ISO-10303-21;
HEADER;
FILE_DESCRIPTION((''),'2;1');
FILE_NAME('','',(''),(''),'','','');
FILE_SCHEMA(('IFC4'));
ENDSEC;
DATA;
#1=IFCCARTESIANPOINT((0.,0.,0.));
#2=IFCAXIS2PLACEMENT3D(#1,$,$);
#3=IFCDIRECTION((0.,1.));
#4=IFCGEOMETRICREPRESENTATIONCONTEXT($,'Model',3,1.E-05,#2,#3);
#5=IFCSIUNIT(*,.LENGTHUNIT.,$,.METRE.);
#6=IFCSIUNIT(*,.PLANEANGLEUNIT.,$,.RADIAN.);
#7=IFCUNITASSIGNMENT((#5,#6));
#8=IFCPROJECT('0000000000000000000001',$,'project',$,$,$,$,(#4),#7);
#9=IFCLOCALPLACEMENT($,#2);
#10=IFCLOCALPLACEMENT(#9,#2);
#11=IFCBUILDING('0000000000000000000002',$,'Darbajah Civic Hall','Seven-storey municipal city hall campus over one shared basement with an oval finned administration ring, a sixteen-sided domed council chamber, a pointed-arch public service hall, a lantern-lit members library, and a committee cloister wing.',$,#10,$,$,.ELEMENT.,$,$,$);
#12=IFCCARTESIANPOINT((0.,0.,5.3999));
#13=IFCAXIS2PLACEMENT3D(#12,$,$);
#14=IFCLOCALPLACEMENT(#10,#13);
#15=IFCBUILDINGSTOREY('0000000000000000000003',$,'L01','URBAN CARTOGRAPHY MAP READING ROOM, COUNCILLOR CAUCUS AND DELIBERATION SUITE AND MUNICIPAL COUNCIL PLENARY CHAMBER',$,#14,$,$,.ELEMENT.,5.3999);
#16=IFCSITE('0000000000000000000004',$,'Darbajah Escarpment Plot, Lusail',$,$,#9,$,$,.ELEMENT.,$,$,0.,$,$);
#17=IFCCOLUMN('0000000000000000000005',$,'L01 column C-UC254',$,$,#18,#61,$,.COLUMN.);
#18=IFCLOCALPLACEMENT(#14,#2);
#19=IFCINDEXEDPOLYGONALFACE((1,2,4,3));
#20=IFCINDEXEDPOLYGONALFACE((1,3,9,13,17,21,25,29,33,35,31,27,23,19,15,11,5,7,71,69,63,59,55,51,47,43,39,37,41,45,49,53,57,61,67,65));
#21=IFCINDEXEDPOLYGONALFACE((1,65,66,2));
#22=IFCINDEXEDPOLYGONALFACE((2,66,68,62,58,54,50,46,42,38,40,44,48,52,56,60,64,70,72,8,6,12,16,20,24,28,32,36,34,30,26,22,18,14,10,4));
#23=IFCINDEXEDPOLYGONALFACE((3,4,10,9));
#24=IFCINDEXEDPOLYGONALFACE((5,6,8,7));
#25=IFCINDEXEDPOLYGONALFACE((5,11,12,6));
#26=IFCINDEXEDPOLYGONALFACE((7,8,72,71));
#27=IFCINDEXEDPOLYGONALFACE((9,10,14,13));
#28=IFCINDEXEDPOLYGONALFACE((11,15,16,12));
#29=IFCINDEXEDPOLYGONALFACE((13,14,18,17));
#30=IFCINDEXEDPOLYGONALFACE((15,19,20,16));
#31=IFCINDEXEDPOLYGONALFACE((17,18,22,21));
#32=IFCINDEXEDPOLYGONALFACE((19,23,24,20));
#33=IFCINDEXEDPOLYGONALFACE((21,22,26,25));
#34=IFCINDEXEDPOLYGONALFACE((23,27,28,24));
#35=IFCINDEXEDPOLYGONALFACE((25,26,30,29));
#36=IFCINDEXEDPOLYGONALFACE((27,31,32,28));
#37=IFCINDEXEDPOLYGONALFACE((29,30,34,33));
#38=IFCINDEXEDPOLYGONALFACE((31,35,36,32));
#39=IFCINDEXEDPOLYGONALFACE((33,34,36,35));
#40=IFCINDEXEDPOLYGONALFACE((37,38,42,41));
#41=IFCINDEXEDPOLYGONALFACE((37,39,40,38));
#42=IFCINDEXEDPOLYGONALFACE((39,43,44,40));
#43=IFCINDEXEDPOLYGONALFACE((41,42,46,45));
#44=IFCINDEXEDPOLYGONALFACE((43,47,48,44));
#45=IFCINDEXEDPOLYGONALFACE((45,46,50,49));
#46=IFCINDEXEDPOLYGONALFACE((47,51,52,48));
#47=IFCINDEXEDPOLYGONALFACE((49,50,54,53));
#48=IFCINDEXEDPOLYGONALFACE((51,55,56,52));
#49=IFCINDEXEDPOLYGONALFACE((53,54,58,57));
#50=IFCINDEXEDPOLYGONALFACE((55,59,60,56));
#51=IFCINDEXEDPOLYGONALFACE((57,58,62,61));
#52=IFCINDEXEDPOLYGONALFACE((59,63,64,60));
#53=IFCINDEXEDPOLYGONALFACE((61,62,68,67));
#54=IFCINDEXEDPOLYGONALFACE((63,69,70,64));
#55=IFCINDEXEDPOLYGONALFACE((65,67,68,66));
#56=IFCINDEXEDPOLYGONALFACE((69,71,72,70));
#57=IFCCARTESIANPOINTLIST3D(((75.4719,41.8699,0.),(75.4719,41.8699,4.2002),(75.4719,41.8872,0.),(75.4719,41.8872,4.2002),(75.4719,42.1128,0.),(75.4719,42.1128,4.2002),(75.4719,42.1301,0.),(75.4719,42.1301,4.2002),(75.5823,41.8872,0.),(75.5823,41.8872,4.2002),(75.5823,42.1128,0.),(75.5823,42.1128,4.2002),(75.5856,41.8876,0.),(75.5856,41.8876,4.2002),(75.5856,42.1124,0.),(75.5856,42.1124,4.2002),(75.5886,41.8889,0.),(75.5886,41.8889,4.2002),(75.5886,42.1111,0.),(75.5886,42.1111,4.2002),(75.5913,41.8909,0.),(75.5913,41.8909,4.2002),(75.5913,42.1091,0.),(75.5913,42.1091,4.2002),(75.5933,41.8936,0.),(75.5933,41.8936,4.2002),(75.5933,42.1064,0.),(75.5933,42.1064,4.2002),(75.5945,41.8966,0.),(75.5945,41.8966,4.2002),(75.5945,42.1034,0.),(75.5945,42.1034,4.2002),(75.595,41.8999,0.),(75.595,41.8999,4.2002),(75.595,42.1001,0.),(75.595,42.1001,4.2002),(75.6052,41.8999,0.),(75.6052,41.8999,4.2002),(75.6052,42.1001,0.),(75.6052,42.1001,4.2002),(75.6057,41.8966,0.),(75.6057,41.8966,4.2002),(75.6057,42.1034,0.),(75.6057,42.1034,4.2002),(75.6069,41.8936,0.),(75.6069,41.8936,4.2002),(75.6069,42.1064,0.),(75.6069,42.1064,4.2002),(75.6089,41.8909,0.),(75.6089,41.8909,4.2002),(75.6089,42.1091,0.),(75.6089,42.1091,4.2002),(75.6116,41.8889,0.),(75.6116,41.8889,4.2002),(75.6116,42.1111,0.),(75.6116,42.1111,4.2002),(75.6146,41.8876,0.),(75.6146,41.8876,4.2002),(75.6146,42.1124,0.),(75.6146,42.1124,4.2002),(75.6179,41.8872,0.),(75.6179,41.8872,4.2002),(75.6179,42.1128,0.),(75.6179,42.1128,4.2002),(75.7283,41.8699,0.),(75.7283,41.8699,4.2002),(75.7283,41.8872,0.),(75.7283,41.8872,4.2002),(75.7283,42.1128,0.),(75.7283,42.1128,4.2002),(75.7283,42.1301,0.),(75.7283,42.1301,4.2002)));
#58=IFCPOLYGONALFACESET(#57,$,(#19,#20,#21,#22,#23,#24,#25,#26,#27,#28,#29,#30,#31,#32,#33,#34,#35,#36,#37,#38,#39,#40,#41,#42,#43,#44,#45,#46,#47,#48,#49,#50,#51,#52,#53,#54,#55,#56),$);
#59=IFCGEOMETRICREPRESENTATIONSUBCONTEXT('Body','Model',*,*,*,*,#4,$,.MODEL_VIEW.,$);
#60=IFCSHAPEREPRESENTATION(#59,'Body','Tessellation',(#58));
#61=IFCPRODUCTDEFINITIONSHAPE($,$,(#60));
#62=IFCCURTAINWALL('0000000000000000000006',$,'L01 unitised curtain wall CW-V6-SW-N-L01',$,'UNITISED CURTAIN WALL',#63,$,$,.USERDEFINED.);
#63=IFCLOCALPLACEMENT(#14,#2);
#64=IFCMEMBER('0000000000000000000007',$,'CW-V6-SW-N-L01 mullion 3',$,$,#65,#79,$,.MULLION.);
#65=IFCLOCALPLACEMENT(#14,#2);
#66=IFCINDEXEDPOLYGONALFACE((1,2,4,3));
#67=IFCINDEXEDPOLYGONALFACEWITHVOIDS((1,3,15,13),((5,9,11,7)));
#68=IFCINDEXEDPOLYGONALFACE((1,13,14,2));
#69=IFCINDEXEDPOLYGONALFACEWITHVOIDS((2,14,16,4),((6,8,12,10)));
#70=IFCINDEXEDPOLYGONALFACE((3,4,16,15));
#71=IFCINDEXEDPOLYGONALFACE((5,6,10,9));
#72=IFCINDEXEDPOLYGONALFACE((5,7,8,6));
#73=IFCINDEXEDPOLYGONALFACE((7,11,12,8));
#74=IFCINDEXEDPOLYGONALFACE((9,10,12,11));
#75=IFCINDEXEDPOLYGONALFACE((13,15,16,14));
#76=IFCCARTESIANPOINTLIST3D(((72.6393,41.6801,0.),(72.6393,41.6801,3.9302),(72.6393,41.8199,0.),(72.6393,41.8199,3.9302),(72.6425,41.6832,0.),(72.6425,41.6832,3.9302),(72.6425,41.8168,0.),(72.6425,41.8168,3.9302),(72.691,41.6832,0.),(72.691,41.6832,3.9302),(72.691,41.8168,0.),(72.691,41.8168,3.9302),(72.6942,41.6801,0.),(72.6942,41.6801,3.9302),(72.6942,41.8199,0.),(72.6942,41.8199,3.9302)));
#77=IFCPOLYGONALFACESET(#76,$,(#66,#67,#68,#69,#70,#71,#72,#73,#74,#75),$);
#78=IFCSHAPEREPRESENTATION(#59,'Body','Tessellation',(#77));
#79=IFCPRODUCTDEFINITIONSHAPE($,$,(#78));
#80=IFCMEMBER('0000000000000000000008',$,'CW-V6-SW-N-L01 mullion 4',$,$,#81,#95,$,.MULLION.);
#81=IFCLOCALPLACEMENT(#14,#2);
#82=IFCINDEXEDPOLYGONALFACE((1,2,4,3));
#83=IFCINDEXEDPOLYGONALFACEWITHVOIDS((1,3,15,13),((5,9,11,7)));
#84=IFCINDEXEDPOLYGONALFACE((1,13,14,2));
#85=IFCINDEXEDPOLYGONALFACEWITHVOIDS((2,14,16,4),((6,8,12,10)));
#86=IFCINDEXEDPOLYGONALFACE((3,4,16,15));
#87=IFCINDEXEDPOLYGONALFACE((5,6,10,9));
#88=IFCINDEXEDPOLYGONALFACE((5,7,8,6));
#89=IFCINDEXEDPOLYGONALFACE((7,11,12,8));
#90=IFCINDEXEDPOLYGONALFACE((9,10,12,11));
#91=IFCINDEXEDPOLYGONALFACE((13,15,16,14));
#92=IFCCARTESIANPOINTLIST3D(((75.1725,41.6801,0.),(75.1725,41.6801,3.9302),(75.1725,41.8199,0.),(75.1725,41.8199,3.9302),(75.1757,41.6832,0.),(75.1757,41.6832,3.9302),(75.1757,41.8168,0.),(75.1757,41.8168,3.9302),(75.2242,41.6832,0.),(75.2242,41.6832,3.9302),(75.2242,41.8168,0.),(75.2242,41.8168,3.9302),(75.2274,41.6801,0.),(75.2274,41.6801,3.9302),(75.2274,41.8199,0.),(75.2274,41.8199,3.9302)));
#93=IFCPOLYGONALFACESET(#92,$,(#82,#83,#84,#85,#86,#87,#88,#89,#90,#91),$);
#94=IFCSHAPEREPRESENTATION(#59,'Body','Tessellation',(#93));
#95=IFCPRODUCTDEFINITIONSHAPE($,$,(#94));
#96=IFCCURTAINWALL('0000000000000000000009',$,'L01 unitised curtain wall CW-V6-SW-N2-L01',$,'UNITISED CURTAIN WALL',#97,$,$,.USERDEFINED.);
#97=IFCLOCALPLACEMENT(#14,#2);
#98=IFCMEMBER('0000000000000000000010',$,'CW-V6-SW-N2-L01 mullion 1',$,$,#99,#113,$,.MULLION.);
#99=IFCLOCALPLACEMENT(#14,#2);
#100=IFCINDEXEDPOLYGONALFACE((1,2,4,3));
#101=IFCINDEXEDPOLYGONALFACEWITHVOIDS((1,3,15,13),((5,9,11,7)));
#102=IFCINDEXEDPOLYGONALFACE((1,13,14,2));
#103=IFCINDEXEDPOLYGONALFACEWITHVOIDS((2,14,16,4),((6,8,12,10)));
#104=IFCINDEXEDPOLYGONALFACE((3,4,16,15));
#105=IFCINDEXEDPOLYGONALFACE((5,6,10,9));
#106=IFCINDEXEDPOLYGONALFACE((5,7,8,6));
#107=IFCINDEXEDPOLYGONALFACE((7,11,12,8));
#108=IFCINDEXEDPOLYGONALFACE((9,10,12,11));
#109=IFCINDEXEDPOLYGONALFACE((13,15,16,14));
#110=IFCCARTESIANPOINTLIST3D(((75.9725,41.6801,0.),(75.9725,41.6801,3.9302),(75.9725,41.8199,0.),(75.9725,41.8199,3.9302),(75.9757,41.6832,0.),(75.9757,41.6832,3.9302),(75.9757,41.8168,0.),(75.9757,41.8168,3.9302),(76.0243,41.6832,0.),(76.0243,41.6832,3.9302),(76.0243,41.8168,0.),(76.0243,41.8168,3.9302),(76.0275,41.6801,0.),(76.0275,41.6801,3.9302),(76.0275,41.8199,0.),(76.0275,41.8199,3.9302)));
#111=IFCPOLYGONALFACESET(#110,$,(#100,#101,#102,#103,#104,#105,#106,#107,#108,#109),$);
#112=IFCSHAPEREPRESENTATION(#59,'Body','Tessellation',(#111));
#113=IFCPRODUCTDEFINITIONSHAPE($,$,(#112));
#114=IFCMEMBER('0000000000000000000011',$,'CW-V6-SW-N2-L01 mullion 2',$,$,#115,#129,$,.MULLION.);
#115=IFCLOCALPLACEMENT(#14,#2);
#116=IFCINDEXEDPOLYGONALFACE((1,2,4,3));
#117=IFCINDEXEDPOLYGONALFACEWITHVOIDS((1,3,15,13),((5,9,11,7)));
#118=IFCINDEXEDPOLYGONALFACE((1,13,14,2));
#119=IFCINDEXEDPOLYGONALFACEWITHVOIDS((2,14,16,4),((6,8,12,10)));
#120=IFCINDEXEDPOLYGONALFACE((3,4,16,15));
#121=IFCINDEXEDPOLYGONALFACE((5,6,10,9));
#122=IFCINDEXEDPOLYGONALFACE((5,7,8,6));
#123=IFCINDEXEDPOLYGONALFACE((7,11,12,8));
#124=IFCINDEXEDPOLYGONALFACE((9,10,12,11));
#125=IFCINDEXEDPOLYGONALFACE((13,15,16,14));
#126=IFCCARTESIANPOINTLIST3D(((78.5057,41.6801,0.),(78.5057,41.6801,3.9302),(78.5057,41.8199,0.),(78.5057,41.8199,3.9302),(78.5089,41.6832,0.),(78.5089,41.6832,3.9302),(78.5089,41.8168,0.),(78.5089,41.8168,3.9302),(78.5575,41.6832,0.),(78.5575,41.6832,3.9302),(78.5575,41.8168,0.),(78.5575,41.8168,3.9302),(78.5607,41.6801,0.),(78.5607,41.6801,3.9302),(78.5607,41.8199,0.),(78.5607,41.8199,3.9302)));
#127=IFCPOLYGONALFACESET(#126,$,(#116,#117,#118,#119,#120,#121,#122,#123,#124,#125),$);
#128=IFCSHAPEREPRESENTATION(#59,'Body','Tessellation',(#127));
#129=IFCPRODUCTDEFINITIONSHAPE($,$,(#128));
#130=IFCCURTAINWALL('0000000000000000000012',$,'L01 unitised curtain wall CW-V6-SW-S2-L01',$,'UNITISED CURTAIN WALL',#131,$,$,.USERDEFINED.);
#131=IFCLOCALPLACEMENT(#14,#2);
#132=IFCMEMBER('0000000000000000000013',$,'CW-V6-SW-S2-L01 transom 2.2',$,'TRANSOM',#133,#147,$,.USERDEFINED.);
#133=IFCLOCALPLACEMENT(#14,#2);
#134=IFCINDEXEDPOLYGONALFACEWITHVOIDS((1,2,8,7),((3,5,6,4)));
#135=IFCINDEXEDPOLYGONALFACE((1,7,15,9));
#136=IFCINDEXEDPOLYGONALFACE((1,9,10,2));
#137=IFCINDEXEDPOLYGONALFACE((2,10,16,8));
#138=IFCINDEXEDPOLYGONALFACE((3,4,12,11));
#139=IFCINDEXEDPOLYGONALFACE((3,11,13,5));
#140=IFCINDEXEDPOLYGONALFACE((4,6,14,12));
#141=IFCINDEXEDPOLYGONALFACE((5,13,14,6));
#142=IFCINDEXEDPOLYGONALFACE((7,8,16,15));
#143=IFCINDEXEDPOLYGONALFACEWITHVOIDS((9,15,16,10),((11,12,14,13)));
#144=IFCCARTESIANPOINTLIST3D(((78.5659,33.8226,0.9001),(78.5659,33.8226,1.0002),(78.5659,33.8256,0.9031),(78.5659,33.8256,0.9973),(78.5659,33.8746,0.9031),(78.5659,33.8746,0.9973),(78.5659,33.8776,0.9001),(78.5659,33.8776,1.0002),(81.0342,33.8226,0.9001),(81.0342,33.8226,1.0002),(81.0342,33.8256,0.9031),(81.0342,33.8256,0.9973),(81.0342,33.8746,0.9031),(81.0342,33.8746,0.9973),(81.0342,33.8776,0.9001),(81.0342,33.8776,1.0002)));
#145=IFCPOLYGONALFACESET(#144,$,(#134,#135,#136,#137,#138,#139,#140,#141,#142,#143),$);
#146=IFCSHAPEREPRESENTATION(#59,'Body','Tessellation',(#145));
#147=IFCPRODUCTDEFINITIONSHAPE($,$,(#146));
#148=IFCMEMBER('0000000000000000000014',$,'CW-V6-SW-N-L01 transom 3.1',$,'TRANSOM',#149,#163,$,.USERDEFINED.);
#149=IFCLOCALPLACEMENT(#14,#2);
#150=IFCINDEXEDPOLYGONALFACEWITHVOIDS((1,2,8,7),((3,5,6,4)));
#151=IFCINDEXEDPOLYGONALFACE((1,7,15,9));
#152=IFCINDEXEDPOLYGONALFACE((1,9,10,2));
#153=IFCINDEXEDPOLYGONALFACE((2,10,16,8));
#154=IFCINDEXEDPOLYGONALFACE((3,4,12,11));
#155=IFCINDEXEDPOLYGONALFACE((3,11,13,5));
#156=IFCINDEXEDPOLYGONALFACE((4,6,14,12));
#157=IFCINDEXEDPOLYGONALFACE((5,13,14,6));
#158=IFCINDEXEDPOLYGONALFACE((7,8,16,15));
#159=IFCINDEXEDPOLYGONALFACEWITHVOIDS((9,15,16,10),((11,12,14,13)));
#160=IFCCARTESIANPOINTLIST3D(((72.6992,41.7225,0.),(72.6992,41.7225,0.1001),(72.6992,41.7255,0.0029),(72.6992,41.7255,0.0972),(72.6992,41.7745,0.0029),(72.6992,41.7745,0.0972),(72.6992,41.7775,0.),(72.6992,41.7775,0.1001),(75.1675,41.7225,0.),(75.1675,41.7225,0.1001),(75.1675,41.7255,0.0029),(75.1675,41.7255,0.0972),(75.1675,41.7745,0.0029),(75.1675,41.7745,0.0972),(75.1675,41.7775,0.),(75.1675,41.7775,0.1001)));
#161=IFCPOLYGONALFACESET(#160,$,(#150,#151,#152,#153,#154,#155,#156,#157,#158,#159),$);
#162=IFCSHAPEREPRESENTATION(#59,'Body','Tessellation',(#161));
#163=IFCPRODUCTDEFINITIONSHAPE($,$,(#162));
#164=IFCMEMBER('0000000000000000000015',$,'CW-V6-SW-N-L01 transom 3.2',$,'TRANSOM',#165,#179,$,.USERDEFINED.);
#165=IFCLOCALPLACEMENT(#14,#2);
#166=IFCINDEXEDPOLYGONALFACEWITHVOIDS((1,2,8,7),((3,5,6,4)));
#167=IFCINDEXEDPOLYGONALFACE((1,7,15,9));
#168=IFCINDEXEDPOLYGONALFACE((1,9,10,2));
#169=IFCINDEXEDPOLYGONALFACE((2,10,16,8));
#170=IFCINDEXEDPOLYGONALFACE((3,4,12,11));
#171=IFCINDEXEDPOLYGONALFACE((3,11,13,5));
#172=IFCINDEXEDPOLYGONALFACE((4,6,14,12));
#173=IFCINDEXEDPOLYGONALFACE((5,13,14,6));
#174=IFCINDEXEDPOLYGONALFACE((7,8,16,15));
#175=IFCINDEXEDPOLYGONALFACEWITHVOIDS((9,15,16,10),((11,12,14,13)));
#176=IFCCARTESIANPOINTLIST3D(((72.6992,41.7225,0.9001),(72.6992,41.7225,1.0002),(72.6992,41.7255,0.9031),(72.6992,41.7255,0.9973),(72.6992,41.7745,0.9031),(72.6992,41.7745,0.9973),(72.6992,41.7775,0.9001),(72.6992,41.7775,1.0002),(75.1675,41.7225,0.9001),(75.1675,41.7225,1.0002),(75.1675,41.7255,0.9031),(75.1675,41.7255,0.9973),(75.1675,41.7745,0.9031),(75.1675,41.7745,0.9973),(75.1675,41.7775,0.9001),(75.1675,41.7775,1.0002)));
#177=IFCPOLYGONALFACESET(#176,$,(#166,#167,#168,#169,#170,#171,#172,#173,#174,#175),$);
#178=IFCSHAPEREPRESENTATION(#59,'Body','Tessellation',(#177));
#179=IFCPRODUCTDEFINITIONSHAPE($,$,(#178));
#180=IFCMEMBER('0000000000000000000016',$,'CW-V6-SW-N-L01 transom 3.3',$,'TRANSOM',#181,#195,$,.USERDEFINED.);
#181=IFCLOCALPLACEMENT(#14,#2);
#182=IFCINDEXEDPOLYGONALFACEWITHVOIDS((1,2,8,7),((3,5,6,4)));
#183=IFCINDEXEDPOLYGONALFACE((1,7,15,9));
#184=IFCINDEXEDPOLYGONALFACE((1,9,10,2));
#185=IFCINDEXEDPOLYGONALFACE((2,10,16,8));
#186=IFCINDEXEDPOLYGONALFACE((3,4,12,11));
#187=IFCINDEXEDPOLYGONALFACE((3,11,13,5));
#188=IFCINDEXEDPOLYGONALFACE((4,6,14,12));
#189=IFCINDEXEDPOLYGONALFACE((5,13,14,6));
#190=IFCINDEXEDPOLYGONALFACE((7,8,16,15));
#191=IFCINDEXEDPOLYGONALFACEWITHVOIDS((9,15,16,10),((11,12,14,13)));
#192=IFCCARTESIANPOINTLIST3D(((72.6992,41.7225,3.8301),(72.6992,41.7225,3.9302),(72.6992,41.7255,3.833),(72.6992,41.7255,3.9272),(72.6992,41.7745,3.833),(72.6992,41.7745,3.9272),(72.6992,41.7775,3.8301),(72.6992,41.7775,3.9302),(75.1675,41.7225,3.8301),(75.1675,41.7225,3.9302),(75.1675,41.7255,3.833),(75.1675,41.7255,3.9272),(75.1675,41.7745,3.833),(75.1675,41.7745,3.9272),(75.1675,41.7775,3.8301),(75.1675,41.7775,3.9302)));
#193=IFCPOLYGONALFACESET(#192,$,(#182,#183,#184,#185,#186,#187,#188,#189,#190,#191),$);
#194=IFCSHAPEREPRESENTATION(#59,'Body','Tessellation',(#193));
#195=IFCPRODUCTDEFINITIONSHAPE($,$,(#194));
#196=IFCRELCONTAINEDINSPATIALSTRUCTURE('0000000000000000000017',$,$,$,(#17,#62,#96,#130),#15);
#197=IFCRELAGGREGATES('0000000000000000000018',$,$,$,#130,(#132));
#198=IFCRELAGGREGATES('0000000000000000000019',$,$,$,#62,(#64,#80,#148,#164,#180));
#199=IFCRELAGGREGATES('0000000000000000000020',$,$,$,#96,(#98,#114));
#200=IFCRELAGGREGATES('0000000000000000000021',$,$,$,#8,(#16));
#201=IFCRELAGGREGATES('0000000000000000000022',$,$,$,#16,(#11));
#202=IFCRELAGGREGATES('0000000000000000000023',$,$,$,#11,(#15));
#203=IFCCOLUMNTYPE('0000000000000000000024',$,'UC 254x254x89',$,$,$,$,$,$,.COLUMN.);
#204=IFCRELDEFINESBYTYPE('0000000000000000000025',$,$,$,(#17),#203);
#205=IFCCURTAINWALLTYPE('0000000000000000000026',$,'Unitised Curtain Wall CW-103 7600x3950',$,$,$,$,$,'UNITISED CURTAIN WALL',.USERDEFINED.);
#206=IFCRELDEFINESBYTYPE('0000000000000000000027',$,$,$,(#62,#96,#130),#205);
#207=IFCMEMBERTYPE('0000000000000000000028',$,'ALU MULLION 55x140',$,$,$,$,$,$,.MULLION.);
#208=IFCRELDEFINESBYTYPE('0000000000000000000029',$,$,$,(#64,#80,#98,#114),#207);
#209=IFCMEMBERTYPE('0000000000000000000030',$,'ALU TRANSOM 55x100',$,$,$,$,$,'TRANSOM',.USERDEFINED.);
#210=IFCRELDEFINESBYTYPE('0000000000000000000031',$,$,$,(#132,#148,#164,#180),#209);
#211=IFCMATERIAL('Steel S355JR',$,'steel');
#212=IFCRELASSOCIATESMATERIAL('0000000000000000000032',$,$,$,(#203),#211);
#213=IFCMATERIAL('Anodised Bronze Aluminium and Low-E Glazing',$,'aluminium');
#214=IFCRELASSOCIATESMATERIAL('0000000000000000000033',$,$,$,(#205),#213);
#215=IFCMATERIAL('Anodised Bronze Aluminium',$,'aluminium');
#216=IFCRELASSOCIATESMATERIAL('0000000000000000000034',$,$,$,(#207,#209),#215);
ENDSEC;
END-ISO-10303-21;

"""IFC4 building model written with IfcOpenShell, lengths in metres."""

from ifc_helpers import new_model, si_unit, direction, frame, origin, origin_2d, place, context, subcontext, project, spatial, hollow_rectangle, i_section, extrude, material, material_profile, profile_set, type_object, element, aggregate, save


model = new_model("IFC4")

# Units and contexts
model_context = context("Model", 3, precision=1e-05, world=origin(), true_north=direction((0.0, 1.0)))
body_context = subcontext(model_context, "Body", "Model", "MODEL_VIEW")
ifc_project = project(units=[si_unit("LENGTHUNIT", "METRE"), si_unit("PLANEANGLEUNIT", "RADIAN")], contexts=[model_context])

# Site, building, storey
site_placement = place(None, origin())
site = spatial("IfcSite", under=ifc_project, at=site_placement, Name="Darbajah Escarpment Plot, Lusail", CompositionType="ELEMENT", RefElevation=0.0)
building_placement = place(site_placement, origin())
building = spatial("IfcBuilding", under=site, at=building_placement, Name="Darbajah Civic Hall", Description="Seven-storey municipal city hall campus over one shared basement with an oval finned administration ring, a sixteen-sided domed council chamber, a pointed-arch public service hall, a lantern-lit members library, and a committee cloister wing.", CompositionType="ELEMENT")
storey_placement = place(building_placement, frame((0.0, 0.0, 5.3999)))
storey = spatial("IfcBuildingStorey", under=building, at=storey_placement, Name="L01", Description="URBAN CARTOGRAPHY MAP READING ROOM, COUNCILLOR CAUCUS AND DELIBERATION SUITE AND MUNICIPAL COUNCIL PLENARY CHAMBER", CompositionType="ELEMENT", Elevation=5.3999)

# Column
ifc_material_1 = material(Name="Steel S355JR", Category="steel")
ifc_material_profile_1 = material_profile(ifc_material_1, i_section(OverallWidth=0.2563, OverallDepth=0.2603, WebThickness=0.0103, FlangeThickness=0.0173, FilletRadius=0.0127, at=origin_2d()), Name="UC 254x254x89")
ifc_profile_set_1 = profile_set([ifc_material_profile_1], Name="Steel S355JR")
column_type = type_object("IfcColumnType", Name="UC 254x254x89", PredefinedType="COLUMN", material=ifc_profile_set_1)
column_placement = place(storey_placement, frame((75.6001, 42.0, 0.0), z_axis=(0.0, 0.0, 1.0), x_axis=(1.0, 0.0, 0.0)))
element("IfcColumn", 1, at=column_placement, inside=storey, type_object=column_type, Name="L01 column C-UC254", PredefinedType="COLUMN", context=body_context, shape_type="SweptSolid", body=[
    extrude(i_section(OverallWidth=0.2563, OverallDepth=0.2603, WebThickness=0.0103, FlangeThickness=0.0173, FilletRadius=0.0127, at=origin_2d()), origin(), (0.0, 0.0, 1.0), 4.2002),
])

# Curtain walls, members
ifc_material_2 = material(Name="Anodised Bronze Aluminium and Low-E Glazing", Category="aluminium")
curtain_wall_type = type_object("IfcCurtainWallType", Name="Unitised Curtain Wall CW-103 7600x3950", ElementType="UNITISED CURTAIN WALL", PredefinedType="USERDEFINED", material=ifc_material_2)
curtain_wall_1_placement = place(storey_placement, origin())
curtain_wall_1 = element("IfcCurtainWall", 2, at=curtain_wall_1_placement, inside=storey, type_object=curtain_wall_type, Name="L01 unitised curtain wall CW-V6-SW-N-L01", ObjectType="UNITISED CURTAIN WALL", PredefinedType="USERDEFINED")
ifc_material_3 = material(Name="Anodised Bronze Aluminium", Category="aluminium")
ifc_material_profile_2 = material_profile(ifc_material_3, hollow_rectangle(XDim=0.0549, YDim=0.1399, WallThickness=0.0032, at=origin_2d()), Name="ALU MULLION 55x140")
ifc_profile_set_2 = profile_set([ifc_material_profile_2], Name="Anodised Bronze Aluminium")
member_type_1 = type_object("IfcMemberType", Name="ALU MULLION 55x140", PredefinedType="MULLION", material=ifc_profile_set_2)
member_1_placement = place(storey_placement, frame((72.6667, 41.75, 0.0), z_axis=(0.0, 0.0, 1.0), x_axis=(1.0, 0.0, 0.0)))
member_1 = element("IfcMember", 3, at=member_1_placement, type_object=member_type_1, Name="CW-V6-SW-N-L01 mullion 3", PredefinedType="MULLION", context=body_context, shape_type="SweptSolid", body=[
    extrude(hollow_rectangle(XDim=0.0549, YDim=0.1399, WallThickness=0.0032, at=origin_2d()), origin(), (0.0, 0.0, 1.0), 3.9302),
])
member_2_placement = place(storey_placement, frame((75.2, 41.75, 0.0), z_axis=(0.0, 0.0, 1.0), x_axis=(1.0, 0.0, 0.0)))
member_2 = element("IfcMember", 4, at=member_2_placement, type_object=member_type_1, Name="CW-V6-SW-N-L01 mullion 4", PredefinedType="MULLION", context=body_context, shape_type="SweptSolid", body=[
    extrude(hollow_rectangle(XDim=0.0549, YDim=0.1399, WallThickness=0.0032, at=origin_2d()), origin(), (0.0, 0.0, 1.0), 3.9302),
])
curtain_wall_2_placement = place(storey_placement, origin())
curtain_wall_2 = element("IfcCurtainWall", 5, at=curtain_wall_2_placement, inside=storey, type_object=curtain_wall_type, Name="L01 unitised curtain wall CW-V6-SW-N2-L01", ObjectType="UNITISED CURTAIN WALL", PredefinedType="USERDEFINED")
member_3_placement = place(storey_placement, frame((76.0, 41.75, 0.0), z_axis=(0.0, 0.0, 1.0), x_axis=(1.0, 0.0, 0.0)))
member_3 = element("IfcMember", 6, at=member_3_placement, type_object=member_type_1, Name="CW-V6-SW-N2-L01 mullion 1", PredefinedType="MULLION", context=body_context, shape_type="SweptSolid", body=[
    extrude(hollow_rectangle(XDim=0.0549, YDim=0.1399, WallThickness=0.0032, at=origin_2d()), origin(), (0.0, 0.0, 1.0), 3.9302),
])
member_4_placement = place(storey_placement, frame((78.5332, 41.75, 0.0), z_axis=(0.0, 0.0, 1.0), x_axis=(1.0, 0.0, 0.0)))
member_4 = element("IfcMember", 7, at=member_4_placement, type_object=member_type_1, Name="CW-V6-SW-N2-L01 mullion 2", PredefinedType="MULLION", context=body_context, shape_type="SweptSolid", body=[
    extrude(hollow_rectangle(XDim=0.0549, YDim=0.1399, WallThickness=0.0032, at=origin_2d()), origin(), (0.0, 0.0, 1.0), 3.9302),
])

# Curtain wall, member
curtain_wall_3_placement = place(storey_placement, origin())
curtain_wall_3 = element("IfcCurtainWall", 8, at=curtain_wall_3_placement, inside=storey, type_object=curtain_wall_type, Name="L01 unitised curtain wall CW-V6-SW-S2-L01", ObjectType="UNITISED CURTAIN WALL", PredefinedType="USERDEFINED")
ifc_material_profile_3 = material_profile(ifc_material_3, hollow_rectangle(XDim=0.0549, YDim=0.1001, WallThickness=0.0029, at=origin_2d()), Name="ALU TRANSOM 55x100")
ifc_profile_set_3 = profile_set([ifc_material_profile_3], Name="Anodised Bronze Aluminium")
member_type_2 = type_object("IfcMemberType", Name="ALU TRANSOM 55x100", ElementType="TRANSOM", PredefinedType="USERDEFINED", material=ifc_profile_set_3)
member_5_placement = place(storey_placement, frame((78.5659, 33.8501, 0.9502), z_axis=(1.0, 0.0, 0.0), x_axis=(0.0, 1.0, 0.0)))
member_5 = element("IfcMember", 9, at=member_5_placement, type_object=member_type_2, Name="CW-V6-SW-S2-L01 transom 2.2", ObjectType="TRANSOM", PredefinedType="USERDEFINED", context=body_context, shape_type="SweptSolid", body=[
    extrude(hollow_rectangle(XDim=0.0549, YDim=0.1001, WallThickness=0.0029, at=origin_2d()), origin(), (0.0, 0.0, 1.0), 2.4683),
])
aggregate(curtain_wall_3, [member_5])

# Members
member_6_placement = place(storey_placement, frame((72.6992, 41.75, 0.05), z_axis=(1.0, 0.0, 0.0), x_axis=(0.0, 1.0, 0.0)))
member_6 = element("IfcMember", 10, at=member_6_placement, type_object=member_type_2, Name="CW-V6-SW-N-L01 transom 3.1", ObjectType="TRANSOM", PredefinedType="USERDEFINED", context=body_context, shape_type="SweptSolid", body=[
    extrude(hollow_rectangle(XDim=0.0549, YDim=0.1001, WallThickness=0.0029, at=origin_2d()), origin(), (0.0, 0.0, 1.0), 2.4683),
])
member_7_placement = place(storey_placement, frame((72.6992, 41.75, 0.9502), z_axis=(1.0, 0.0, 0.0), x_axis=(0.0, 1.0, 0.0)))
member_7 = element("IfcMember", 11, at=member_7_placement, type_object=member_type_2, Name="CW-V6-SW-N-L01 transom 3.2", ObjectType="TRANSOM", PredefinedType="USERDEFINED", context=body_context, shape_type="SweptSolid", body=[
    extrude(hollow_rectangle(XDim=0.0549, YDim=0.1001, WallThickness=0.0029, at=origin_2d()), origin(), (0.0, 0.0, 1.0), 2.4683),
])
member_8_placement = place(storey_placement, frame((72.6992, 41.75, 3.8801), z_axis=(1.0, 0.0, 0.0), x_axis=(0.0, 1.0, 0.0)))
member_8 = element("IfcMember", 12, at=member_8_placement, type_object=member_type_2, Name="CW-V6-SW-N-L01 transom 3.3", ObjectType="TRANSOM", PredefinedType="USERDEFINED", context=body_context, shape_type="SweptSolid", body=[
    extrude(hollow_rectangle(XDim=0.0549, YDim=0.1001, WallThickness=0.0029, at=origin_2d()), origin(), (0.0, 0.0, 1.0), 2.4683),
])

aggregate(curtain_wall_1, [member_1, member_2, member_6, member_7, member_8])
aggregate(curtain_wall_2, [member_3, member_4])

save(model, "model.ifc")
